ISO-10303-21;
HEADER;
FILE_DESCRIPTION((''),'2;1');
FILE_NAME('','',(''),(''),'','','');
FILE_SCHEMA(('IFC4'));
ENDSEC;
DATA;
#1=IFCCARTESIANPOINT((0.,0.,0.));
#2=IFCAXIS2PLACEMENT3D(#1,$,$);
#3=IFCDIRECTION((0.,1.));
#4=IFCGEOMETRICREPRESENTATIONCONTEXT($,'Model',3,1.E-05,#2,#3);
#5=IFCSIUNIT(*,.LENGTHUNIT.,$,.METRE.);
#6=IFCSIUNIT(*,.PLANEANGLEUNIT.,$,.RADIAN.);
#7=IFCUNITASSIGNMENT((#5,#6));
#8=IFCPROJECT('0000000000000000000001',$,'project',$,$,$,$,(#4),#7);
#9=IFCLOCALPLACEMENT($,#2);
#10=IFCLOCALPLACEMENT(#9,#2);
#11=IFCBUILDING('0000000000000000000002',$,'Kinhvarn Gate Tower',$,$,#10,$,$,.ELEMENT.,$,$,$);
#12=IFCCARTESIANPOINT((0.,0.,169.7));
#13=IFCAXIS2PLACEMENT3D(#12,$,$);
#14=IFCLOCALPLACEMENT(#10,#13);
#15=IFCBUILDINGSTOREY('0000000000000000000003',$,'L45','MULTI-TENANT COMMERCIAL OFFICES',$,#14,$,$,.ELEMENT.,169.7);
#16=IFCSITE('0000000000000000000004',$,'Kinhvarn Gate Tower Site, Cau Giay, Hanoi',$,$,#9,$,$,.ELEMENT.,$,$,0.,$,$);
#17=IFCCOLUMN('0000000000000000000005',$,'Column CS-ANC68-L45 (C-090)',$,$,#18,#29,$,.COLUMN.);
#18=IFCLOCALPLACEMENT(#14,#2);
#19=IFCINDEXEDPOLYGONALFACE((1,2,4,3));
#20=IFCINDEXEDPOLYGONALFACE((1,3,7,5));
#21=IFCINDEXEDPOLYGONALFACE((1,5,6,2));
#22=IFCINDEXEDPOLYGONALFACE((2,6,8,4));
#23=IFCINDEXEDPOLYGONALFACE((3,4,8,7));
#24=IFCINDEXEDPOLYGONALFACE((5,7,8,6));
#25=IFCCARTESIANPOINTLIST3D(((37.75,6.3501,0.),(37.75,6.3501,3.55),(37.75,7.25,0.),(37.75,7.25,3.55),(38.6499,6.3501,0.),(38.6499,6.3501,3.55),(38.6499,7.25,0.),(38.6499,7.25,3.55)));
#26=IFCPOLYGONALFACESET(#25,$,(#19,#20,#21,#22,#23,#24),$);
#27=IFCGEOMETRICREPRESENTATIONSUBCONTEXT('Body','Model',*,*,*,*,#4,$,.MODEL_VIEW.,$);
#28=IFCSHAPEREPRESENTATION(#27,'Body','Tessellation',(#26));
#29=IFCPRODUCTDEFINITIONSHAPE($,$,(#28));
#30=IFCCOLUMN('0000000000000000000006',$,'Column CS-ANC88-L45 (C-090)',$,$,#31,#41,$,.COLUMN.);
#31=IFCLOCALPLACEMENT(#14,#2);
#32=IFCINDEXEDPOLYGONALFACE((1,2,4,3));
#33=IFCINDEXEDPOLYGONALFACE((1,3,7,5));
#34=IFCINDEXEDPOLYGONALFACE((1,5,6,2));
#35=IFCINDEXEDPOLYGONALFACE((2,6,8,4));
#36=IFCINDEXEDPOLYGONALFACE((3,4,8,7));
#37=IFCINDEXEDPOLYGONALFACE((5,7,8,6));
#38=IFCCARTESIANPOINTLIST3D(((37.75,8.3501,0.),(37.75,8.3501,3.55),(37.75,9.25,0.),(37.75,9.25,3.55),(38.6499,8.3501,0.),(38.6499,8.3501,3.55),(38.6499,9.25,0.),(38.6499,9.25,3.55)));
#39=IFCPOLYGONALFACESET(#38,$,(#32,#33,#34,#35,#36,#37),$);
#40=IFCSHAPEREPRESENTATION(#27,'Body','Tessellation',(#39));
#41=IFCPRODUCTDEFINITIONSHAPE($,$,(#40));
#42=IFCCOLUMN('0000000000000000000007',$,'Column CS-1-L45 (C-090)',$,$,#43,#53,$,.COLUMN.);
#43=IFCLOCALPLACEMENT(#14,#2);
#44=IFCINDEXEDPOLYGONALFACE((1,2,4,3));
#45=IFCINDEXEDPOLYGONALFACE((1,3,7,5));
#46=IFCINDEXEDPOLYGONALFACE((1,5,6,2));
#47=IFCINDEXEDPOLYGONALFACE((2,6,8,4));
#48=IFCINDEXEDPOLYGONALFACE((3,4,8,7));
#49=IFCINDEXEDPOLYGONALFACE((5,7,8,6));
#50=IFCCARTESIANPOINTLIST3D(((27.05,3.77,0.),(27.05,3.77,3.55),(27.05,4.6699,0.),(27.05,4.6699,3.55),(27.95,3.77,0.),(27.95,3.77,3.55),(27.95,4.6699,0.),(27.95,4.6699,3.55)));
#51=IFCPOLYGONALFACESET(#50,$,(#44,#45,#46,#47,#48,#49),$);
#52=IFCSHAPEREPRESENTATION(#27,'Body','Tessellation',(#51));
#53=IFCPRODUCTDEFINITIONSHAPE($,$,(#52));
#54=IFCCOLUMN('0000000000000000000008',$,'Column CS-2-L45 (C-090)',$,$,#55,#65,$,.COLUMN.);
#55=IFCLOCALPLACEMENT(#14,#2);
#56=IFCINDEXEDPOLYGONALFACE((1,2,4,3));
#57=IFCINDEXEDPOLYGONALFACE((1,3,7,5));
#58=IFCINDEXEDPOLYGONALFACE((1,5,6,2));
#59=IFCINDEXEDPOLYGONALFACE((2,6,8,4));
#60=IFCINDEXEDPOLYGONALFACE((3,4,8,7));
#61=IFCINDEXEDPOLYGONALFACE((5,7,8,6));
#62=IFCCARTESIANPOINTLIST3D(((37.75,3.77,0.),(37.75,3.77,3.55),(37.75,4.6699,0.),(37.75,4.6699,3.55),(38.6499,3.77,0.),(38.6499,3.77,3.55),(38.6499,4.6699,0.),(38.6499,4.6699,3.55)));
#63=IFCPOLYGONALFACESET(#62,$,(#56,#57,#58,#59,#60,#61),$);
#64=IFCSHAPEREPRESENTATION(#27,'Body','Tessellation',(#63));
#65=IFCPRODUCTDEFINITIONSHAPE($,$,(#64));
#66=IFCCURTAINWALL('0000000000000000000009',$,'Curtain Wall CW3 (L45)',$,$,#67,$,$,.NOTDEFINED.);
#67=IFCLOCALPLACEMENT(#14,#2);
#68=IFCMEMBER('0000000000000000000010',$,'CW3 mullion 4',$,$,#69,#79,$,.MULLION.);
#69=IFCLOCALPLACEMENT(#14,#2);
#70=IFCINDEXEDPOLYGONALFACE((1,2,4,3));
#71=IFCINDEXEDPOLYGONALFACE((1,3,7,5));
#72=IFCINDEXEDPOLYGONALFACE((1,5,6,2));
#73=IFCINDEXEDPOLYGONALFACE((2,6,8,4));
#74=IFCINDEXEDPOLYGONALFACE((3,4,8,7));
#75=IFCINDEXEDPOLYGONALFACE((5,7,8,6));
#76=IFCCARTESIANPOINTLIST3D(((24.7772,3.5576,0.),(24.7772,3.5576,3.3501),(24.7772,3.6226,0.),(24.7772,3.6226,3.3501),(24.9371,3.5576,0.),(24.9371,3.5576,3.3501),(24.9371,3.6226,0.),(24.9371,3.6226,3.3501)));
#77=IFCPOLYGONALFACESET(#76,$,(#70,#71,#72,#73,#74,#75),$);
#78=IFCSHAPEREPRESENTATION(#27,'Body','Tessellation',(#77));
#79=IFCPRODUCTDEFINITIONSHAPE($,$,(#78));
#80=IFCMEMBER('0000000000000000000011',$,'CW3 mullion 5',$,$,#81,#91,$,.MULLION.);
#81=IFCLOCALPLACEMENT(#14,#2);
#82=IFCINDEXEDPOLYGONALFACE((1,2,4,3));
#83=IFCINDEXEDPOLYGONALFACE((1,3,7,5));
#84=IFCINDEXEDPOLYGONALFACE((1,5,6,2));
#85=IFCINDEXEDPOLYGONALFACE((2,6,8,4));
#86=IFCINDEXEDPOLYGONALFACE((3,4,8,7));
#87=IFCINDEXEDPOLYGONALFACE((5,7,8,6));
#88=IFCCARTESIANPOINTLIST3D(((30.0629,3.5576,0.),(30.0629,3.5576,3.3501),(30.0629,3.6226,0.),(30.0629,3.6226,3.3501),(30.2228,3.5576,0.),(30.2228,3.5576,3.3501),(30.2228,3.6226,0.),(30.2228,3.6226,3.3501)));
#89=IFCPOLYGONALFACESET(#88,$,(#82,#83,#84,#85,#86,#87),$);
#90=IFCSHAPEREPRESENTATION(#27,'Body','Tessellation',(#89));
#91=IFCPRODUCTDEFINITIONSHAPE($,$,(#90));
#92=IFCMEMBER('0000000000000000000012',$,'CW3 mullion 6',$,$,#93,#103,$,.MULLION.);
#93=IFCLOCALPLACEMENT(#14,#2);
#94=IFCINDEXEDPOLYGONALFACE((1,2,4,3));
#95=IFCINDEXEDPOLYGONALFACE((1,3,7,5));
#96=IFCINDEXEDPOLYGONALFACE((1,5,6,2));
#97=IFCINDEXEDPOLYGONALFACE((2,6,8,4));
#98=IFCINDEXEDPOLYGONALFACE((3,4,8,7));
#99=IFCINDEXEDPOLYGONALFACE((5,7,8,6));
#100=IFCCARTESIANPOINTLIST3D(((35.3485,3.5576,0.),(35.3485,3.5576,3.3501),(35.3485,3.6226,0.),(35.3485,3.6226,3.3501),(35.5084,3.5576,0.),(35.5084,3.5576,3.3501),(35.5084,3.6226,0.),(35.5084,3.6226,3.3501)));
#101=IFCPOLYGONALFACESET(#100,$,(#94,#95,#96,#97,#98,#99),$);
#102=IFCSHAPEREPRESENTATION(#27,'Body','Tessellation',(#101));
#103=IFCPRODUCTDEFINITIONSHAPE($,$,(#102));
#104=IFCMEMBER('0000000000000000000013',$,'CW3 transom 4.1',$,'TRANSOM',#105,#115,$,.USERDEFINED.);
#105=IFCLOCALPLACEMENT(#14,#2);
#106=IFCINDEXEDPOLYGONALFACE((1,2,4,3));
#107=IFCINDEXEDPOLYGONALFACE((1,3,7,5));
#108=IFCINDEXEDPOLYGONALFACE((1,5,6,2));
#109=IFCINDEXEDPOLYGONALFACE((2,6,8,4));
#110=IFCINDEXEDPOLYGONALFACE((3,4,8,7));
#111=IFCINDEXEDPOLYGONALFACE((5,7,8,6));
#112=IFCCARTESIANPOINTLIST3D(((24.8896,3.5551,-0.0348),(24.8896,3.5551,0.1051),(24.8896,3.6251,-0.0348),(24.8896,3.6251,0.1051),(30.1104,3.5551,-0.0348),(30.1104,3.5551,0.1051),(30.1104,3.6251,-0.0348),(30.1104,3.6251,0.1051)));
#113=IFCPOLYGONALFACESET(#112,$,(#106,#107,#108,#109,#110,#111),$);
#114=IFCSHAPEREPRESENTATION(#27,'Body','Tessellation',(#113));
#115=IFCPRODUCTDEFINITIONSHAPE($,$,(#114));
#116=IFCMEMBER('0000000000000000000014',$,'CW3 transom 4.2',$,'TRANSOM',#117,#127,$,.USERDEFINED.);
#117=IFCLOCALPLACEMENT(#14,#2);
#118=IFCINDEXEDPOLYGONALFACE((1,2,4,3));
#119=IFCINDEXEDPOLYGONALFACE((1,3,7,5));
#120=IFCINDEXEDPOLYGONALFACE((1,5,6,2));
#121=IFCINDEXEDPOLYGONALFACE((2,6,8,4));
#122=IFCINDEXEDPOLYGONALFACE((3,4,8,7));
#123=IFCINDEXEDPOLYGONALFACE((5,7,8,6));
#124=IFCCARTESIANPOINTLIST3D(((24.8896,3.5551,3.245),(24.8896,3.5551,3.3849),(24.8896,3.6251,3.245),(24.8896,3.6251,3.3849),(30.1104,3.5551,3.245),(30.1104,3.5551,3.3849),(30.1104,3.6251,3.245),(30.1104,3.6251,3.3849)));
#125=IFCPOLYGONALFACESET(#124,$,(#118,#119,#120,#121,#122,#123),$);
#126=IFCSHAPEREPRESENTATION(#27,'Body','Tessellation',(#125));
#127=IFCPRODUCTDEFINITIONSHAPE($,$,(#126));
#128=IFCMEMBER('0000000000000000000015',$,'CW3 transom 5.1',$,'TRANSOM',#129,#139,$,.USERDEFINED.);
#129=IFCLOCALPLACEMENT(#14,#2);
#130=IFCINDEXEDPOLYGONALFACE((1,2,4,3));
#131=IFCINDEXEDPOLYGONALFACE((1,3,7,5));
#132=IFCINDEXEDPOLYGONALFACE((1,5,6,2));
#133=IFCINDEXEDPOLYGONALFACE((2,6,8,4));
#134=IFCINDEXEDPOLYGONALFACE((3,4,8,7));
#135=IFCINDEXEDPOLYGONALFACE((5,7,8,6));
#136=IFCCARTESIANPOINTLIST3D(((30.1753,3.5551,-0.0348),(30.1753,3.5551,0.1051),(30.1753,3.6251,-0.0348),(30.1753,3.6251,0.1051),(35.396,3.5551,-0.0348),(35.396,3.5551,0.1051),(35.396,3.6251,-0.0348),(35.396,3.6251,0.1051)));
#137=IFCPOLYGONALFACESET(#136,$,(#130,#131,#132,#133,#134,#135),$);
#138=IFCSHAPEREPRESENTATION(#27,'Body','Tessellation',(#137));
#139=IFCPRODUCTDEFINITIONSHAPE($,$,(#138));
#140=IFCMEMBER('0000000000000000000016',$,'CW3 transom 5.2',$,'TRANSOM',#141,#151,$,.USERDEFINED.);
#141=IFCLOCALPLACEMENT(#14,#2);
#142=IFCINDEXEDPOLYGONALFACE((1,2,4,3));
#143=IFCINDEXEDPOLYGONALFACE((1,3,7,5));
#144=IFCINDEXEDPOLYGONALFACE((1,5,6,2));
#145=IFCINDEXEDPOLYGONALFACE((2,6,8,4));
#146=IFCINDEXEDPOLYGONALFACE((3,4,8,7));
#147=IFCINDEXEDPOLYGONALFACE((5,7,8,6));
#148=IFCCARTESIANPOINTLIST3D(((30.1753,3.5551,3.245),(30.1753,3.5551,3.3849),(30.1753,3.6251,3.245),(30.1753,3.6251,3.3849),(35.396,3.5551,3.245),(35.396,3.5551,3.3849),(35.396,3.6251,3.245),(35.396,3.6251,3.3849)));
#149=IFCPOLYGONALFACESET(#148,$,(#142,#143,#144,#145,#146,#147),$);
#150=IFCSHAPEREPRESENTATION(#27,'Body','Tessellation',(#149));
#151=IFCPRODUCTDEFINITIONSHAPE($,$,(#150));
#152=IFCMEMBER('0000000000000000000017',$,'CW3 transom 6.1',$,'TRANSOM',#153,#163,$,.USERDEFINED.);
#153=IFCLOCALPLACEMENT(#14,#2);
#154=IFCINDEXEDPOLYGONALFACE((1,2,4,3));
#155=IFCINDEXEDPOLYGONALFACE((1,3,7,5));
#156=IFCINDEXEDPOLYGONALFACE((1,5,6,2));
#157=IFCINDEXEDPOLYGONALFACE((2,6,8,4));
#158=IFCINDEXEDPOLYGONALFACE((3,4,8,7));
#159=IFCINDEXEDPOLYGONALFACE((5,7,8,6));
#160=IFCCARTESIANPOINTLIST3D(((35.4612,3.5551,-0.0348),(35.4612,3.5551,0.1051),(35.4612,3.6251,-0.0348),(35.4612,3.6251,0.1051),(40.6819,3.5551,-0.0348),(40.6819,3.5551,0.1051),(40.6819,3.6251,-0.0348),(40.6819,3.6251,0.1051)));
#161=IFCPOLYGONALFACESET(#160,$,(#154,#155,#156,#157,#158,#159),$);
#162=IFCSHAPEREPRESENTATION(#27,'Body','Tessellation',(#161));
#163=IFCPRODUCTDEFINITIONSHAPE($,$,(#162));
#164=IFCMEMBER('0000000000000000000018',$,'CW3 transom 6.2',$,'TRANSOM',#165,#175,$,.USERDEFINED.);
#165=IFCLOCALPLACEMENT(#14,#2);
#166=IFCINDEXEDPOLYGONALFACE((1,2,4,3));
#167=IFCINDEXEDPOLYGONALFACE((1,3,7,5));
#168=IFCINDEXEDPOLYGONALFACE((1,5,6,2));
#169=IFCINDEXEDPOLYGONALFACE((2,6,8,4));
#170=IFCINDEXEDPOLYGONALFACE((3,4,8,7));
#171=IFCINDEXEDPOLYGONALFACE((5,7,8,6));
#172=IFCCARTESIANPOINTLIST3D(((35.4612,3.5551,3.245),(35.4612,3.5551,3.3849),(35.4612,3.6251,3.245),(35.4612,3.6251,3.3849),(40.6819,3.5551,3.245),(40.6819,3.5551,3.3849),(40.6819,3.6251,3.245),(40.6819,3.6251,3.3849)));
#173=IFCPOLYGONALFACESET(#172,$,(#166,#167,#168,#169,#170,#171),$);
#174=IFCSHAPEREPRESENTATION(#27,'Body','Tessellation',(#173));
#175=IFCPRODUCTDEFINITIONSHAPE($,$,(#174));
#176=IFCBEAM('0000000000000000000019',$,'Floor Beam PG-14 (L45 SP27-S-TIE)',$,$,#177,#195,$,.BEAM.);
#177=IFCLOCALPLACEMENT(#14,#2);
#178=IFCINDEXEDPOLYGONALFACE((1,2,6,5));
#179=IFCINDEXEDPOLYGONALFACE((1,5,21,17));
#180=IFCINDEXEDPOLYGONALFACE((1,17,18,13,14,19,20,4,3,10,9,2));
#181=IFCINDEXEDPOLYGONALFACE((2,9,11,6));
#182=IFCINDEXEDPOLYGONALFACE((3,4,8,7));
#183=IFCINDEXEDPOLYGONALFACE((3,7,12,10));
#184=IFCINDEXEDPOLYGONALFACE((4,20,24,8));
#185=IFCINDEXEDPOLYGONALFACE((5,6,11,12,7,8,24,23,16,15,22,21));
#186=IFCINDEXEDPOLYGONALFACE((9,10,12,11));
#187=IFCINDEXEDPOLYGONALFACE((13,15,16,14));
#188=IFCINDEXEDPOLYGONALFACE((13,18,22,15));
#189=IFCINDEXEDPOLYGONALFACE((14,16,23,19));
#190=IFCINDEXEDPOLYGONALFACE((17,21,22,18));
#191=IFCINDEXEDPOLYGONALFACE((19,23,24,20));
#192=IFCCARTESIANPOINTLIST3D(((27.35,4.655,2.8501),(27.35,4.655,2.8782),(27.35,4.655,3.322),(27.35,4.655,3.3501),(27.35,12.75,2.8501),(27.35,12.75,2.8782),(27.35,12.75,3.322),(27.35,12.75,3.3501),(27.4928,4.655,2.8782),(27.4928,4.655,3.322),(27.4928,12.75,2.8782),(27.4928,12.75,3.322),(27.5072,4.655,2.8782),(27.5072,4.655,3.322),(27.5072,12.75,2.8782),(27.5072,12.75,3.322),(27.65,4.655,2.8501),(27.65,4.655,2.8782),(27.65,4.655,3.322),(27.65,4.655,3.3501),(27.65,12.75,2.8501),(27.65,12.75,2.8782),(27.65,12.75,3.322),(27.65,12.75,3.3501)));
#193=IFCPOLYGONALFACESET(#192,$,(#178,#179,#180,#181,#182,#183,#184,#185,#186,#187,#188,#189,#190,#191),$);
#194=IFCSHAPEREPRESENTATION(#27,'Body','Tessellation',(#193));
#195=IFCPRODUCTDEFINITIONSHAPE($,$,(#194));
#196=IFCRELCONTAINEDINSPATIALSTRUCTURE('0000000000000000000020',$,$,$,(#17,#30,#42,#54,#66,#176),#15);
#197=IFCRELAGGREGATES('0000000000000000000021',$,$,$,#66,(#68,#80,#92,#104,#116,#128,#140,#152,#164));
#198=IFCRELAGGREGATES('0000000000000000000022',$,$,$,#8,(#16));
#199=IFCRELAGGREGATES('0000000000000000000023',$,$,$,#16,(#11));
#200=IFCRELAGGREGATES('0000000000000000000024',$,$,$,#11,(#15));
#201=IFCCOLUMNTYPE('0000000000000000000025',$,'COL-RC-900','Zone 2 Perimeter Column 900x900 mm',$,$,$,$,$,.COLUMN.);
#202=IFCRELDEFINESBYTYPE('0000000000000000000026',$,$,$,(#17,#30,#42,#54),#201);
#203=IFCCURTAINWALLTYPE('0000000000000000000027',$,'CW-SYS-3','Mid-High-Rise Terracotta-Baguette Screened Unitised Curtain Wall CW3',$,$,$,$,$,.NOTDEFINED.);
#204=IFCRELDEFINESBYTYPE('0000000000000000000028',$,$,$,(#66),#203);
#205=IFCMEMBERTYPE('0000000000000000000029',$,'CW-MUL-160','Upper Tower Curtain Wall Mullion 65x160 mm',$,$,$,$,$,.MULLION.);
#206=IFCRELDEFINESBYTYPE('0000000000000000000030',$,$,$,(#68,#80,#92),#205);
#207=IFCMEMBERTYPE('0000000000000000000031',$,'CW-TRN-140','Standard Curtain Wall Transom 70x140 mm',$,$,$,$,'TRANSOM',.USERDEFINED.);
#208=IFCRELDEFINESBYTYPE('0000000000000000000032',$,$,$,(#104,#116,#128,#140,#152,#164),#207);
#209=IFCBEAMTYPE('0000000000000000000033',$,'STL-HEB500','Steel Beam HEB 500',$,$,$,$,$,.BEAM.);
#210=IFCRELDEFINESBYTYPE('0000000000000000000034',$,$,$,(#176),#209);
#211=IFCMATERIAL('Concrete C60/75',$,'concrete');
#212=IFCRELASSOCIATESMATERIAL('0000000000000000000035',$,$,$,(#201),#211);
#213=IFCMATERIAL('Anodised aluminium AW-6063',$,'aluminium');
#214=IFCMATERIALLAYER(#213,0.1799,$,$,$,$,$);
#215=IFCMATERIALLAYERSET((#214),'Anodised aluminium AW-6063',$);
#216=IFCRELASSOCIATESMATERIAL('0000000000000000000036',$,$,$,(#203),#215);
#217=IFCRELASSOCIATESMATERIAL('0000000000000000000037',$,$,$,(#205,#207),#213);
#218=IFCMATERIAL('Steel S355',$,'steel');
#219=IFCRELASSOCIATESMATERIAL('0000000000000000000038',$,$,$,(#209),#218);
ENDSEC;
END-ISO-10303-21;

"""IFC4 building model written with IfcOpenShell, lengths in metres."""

from ifc_helpers import new_model, si_unit, direction, frame, origin, origin_2d, place, context, subcontext, project, spatial, rectangle, i_section, extrude, material, layer, layer_set, material_profile, profile_set, type_object, element, aggregate, save


model = new_model("IFC4")

# Units and contexts
model_context = context("Model", 3, precision=1e-05, world=origin(), true_north=direction((0.0, 1.0)))
body_context = subcontext(model_context, "Body", "Model", "MODEL_VIEW")
ifc_project = project(units=[si_unit("LENGTHUNIT", "METRE"), si_unit("PLANEANGLEUNIT", "RADIAN")], contexts=[model_context])

# Site, building, storey
site_placement = place(None, origin())
site = spatial("IfcSite", under=ifc_project, at=site_placement, Name="Kinhvarn Gate Tower Site, Cau Giay, Hanoi", CompositionType="ELEMENT", RefElevation=0.0)
building_placement = place(site_placement, origin())
building = spatial("IfcBuilding", under=site, at=building_placement, Name="Kinhvarn Gate Tower", CompositionType="ELEMENT")
storey_placement = place(building_placement, frame((0.0, 0.0, 169.7)))
storey = spatial("IfcBuildingStorey", under=building, at=storey_placement, Name="L45", Description="MULTI-TENANT COMMERCIAL OFFICES", CompositionType="ELEMENT", Elevation=169.7)

# Columns
ifc_material_1 = material(Name="Concrete C60/75", Category="concrete")
ifc_material_profile_1 = material_profile(ifc_material_1, rectangle(XDim=0.8999, YDim=0.8999, at=origin_2d()), Name="RC 900x900")
ifc_profile_set_1 = profile_set([ifc_material_profile_1], Name="Concrete C60/75")
column_type = type_object("IfcColumnType", Name="COL-RC-900", Description="Zone 2 Perimeter Column 900x900 mm", PredefinedType="COLUMN", material=ifc_profile_set_1)
for number, where, z_axis, x_axis, name in (
    (1, (38.2, 6.8, 0.0), (0.0, 0.0, 1.0), (1.0, 0.0, 0.0), "Column CS-ANC68-L45 (C-090)"),
    (2, (38.2, 8.8, 0.0), (0.0, 0.0, 1.0), (1.0, 0.0, 0.0), "Column CS-ANC88-L45 (C-090)"),
    (3, (27.5, 4.22, 0.0), (0.0, 0.0, 1.0), (1.0, 0.0, 0.0), "Column CS-1-L45 (C-090)"),
    (4, (38.2, 4.22, 0.0), (0.0, 0.0, 1.0), (1.0, 0.0, 0.0), "Column CS-2-L45 (C-090)"),
):
    element("IfcColumn", number, at=place(storey_placement, frame(where, z_axis=z_axis, x_axis=x_axis)), inside=storey, type_object=column_type, Name=name, PredefinedType="COLUMN", context=body_context, shape_type="SweptSolid", body=[
        extrude(rectangle(XDim=0.8999, YDim=0.8999, at=origin_2d()), origin(), (0.0, 0.0, 1.0), 3.55),
    ])

# Curtain wall, members
ifc_material_2 = material(Name="Anodised aluminium AW-6063", Category="aluminium")
ifc_layer_1 = layer(ifc_material_2, 0.1799)
ifc_layer_set_1 = layer_set([ifc_layer_1], Name="Anodised aluminium AW-6063")
curtain_wall_type = type_object("IfcCurtainWallType", Name="CW-SYS-3", Description="Mid-High-Rise Terracotta-Baguette Screened Unitised Curtain Wall CW3", PredefinedType="NOTDEFINED", material=ifc_layer_set_1)
curtain_wall_placement = place(storey_placement, origin())
curtain_wall = element("IfcCurtainWall", 5, at=curtain_wall_placement, inside=storey, type_object=curtain_wall_type, Name="Curtain Wall CW3 (L45)", PredefinedType="NOTDEFINED")
ifc_material_profile_2 = material_profile(ifc_material_2, rectangle(XDim=0.0649, YDim=0.1599, at=origin_2d()), Name="ALU 65x160")
ifc_profile_set_2 = profile_set([ifc_material_profile_2], Name="Anodised aluminium AW-6063")
member_type_1 = type_object("IfcMemberType", Name="CW-MUL-160", Description="Upper Tower Curtain Wall Mullion 65x160 mm", PredefinedType="MULLION", material=ifc_profile_set_2)
member_1_placement = place(storey_placement, frame((24.8572, 3.5901, 0.0), z_axis=(0.0, 0.0, 1.0), x_axis=(0.0, 1.0, 0.0)))
member_1 = element("IfcMember", 6, at=member_1_placement, type_object=member_type_1, Name="CW3 mullion 4", PredefinedType="MULLION", context=body_context, shape_type="SweptSolid", body=[
    extrude(rectangle(XDim=0.0649, YDim=0.1599, at=origin_2d()), origin(), (0.0, 0.0, 1.0), 3.3501),
])
member_2_placement = place(storey_placement, frame((30.1428, 3.5901, 0.0), z_axis=(0.0, 0.0, 1.0), x_axis=(0.0, 1.0, 0.0)))
member_2 = element("IfcMember", 7, at=member_2_placement, type_object=member_type_1, Name="CW3 mullion 5", PredefinedType="MULLION", context=body_context, shape_type="SweptSolid", body=[
    extrude(rectangle(XDim=0.0649, YDim=0.1599, at=origin_2d()), origin(), (0.0, 0.0, 1.0), 3.3501),
])
member_3_placement = place(storey_placement, frame((35.4285, 3.5901, 0.0), z_axis=(0.0, 0.0, 1.0), x_axis=(0.0, 1.0, 0.0)))
member_3 = element("IfcMember", 8, at=member_3_placement, type_object=member_type_1, Name="CW3 mullion 6", PredefinedType="MULLION", context=body_context, shape_type="SweptSolid", body=[
    extrude(rectangle(XDim=0.0649, YDim=0.1599, at=origin_2d()), origin(), (0.0, 0.0, 1.0), 3.3501),
])
ifc_material_profile_3 = material_profile(ifc_material_2, rectangle(XDim=0.0701, YDim=0.1399, at=origin_2d()), Name="ALU 70x140")
ifc_profile_set_3 = profile_set([ifc_material_profile_3], Name="Anodised aluminium AW-6063")
member_type_2 = type_object("IfcMemberType", Name="CW-TRN-140", Description="Standard Curtain Wall Transom 70x140 mm", ElementType="TRANSOM", PredefinedType="USERDEFINED", material=ifc_profile_set_3)
member_4_placement = place(storey_placement, frame((24.8896, 3.5901, 0.0352), z_axis=(1.0, 0.0, 0.0), x_axis=(0.0, 1.0, 0.0)))
member_4 = element("IfcMember", 9, at=member_4_placement, type_object=member_type_2, Name="CW3 transom 4.1", ObjectType="TRANSOM", PredefinedType="USERDEFINED", context=body_context, shape_type="SweptSolid", body=[
    extrude(rectangle(XDim=0.0701, YDim=0.1399, at=origin_2d()), origin(), (0.0, 0.0, 1.0), 5.2207),
])
member_5_placement = place(storey_placement, frame((24.8896, 3.5901, 3.3149), z_axis=(1.0, 0.0, 0.0), x_axis=(0.0, 1.0, 0.0)))
member_5 = element("IfcMember", 10, at=member_5_placement, type_object=member_type_2, Name="CW3 transom 4.2", ObjectType="TRANSOM", PredefinedType="USERDEFINED", context=body_context, shape_type="SweptSolid", body=[
    extrude(rectangle(XDim=0.0701, YDim=0.1399, at=origin_2d()), origin(), (0.0, 0.0, 1.0), 5.2207),
])
member_6_placement = place(storey_placement, frame((30.1753, 3.5901, 0.0352), z_axis=(1.0, 0.0, 0.0), x_axis=(0.0, 1.0, 0.0)))
member_6 = element("IfcMember", 11, at=member_6_placement, type_object=member_type_2, Name="CW3 transom 5.1", ObjectType="TRANSOM", PredefinedType="USERDEFINED", context=body_context, shape_type="SweptSolid", body=[
    extrude(rectangle(XDim=0.0701, YDim=0.1399, at=origin_2d()), origin(), (0.0, 0.0, 1.0), 5.2207),
])
member_7_placement = place(storey_placement, frame((30.1753, 3.5901, 3.3149), z_axis=(1.0, 0.0, 0.0), x_axis=(0.0, 1.0, 0.0)))
member_7 = element("IfcMember", 12, at=member_7_placement, type_object=member_type_2, Name="CW3 transom 5.2", ObjectType="TRANSOM", PredefinedType="USERDEFINED", context=body_context, shape_type="SweptSolid", body=[
    extrude(rectangle(XDim=0.0701, YDim=0.1399, at=origin_2d()), origin(), (0.0, 0.0, 1.0), 5.2207),
])
member_8_placement = place(storey_placement, frame((35.4612, 3.5901, 0.0352), z_axis=(1.0, 0.0, 0.0), x_axis=(0.0, 1.0, 0.0)))
member_8 = element("IfcMember", 13, at=member_8_placement, type_object=member_type_2, Name="CW3 transom 6.1", ObjectType="TRANSOM", PredefinedType="USERDEFINED", context=body_context, shape_type="SweptSolid", body=[
    extrude(rectangle(XDim=0.0701, YDim=0.1399, at=origin_2d()), origin(), (0.0, 0.0, 1.0), 5.2207),
])
member_9_placement = place(storey_placement, frame((35.4612, 3.5901, 3.3149), z_axis=(1.0, 0.0, 0.0), x_axis=(0.0, 1.0, 0.0)))
member_9 = element("IfcMember", 14, at=member_9_placement, type_object=member_type_2, Name="CW3 transom 6.2", ObjectType="TRANSOM", PredefinedType="USERDEFINED", context=body_context, shape_type="SweptSolid", body=[
    extrude(rectangle(XDim=0.0701, YDim=0.1399, at=origin_2d()), origin(), (0.0, 0.0, 1.0), 5.2207),
])

# Beam
ifc_material_3 = material(Name="Steel S355", Category="steel")
ifc_material_profile_4 = material_profile(ifc_material_3, i_section(OverallWidth=0.3, OverallDepth=0.5, WebThickness=0.0144, FlangeThickness=0.0281, at=origin_2d()), Name="HEB 500")
ifc_profile_set_4 = profile_set([ifc_material_profile_4], Name="Steel S355")
beam_type_1 = type_object("IfcBeamType", Name="STL-HEB500", Description="Steel Beam HEB 500", PredefinedType="BEAM", material=ifc_profile_set_4)
beam_1_placement = place(storey_placement, frame((27.5, 4.655, 3.1001), z_axis=(0.0, 1.0, 0.0), x_axis=(-1.0, 0.0, 0.0)))
element("IfcBeam", 15, at=beam_1_placement, inside=storey, type_object=beam_type_1, Name="Floor Beam PG-14 (L45 SP27-S-TIE)", PredefinedType="BEAM", context=body_context, shape_type="SweptSolid", body=[
    extrude(i_section(OverallWidth=0.3, OverallDepth=0.5, WebThickness=0.0144, FlangeThickness=0.0281, at=origin_2d()), origin(), (0.0, 0.0, 1.0), 8.095),
])

aggregate(curtain_wall, [member_1, member_2, member_3, member_4, member_5, member_6, member_7, member_8, member_9])

save(model, "model.ifc")
